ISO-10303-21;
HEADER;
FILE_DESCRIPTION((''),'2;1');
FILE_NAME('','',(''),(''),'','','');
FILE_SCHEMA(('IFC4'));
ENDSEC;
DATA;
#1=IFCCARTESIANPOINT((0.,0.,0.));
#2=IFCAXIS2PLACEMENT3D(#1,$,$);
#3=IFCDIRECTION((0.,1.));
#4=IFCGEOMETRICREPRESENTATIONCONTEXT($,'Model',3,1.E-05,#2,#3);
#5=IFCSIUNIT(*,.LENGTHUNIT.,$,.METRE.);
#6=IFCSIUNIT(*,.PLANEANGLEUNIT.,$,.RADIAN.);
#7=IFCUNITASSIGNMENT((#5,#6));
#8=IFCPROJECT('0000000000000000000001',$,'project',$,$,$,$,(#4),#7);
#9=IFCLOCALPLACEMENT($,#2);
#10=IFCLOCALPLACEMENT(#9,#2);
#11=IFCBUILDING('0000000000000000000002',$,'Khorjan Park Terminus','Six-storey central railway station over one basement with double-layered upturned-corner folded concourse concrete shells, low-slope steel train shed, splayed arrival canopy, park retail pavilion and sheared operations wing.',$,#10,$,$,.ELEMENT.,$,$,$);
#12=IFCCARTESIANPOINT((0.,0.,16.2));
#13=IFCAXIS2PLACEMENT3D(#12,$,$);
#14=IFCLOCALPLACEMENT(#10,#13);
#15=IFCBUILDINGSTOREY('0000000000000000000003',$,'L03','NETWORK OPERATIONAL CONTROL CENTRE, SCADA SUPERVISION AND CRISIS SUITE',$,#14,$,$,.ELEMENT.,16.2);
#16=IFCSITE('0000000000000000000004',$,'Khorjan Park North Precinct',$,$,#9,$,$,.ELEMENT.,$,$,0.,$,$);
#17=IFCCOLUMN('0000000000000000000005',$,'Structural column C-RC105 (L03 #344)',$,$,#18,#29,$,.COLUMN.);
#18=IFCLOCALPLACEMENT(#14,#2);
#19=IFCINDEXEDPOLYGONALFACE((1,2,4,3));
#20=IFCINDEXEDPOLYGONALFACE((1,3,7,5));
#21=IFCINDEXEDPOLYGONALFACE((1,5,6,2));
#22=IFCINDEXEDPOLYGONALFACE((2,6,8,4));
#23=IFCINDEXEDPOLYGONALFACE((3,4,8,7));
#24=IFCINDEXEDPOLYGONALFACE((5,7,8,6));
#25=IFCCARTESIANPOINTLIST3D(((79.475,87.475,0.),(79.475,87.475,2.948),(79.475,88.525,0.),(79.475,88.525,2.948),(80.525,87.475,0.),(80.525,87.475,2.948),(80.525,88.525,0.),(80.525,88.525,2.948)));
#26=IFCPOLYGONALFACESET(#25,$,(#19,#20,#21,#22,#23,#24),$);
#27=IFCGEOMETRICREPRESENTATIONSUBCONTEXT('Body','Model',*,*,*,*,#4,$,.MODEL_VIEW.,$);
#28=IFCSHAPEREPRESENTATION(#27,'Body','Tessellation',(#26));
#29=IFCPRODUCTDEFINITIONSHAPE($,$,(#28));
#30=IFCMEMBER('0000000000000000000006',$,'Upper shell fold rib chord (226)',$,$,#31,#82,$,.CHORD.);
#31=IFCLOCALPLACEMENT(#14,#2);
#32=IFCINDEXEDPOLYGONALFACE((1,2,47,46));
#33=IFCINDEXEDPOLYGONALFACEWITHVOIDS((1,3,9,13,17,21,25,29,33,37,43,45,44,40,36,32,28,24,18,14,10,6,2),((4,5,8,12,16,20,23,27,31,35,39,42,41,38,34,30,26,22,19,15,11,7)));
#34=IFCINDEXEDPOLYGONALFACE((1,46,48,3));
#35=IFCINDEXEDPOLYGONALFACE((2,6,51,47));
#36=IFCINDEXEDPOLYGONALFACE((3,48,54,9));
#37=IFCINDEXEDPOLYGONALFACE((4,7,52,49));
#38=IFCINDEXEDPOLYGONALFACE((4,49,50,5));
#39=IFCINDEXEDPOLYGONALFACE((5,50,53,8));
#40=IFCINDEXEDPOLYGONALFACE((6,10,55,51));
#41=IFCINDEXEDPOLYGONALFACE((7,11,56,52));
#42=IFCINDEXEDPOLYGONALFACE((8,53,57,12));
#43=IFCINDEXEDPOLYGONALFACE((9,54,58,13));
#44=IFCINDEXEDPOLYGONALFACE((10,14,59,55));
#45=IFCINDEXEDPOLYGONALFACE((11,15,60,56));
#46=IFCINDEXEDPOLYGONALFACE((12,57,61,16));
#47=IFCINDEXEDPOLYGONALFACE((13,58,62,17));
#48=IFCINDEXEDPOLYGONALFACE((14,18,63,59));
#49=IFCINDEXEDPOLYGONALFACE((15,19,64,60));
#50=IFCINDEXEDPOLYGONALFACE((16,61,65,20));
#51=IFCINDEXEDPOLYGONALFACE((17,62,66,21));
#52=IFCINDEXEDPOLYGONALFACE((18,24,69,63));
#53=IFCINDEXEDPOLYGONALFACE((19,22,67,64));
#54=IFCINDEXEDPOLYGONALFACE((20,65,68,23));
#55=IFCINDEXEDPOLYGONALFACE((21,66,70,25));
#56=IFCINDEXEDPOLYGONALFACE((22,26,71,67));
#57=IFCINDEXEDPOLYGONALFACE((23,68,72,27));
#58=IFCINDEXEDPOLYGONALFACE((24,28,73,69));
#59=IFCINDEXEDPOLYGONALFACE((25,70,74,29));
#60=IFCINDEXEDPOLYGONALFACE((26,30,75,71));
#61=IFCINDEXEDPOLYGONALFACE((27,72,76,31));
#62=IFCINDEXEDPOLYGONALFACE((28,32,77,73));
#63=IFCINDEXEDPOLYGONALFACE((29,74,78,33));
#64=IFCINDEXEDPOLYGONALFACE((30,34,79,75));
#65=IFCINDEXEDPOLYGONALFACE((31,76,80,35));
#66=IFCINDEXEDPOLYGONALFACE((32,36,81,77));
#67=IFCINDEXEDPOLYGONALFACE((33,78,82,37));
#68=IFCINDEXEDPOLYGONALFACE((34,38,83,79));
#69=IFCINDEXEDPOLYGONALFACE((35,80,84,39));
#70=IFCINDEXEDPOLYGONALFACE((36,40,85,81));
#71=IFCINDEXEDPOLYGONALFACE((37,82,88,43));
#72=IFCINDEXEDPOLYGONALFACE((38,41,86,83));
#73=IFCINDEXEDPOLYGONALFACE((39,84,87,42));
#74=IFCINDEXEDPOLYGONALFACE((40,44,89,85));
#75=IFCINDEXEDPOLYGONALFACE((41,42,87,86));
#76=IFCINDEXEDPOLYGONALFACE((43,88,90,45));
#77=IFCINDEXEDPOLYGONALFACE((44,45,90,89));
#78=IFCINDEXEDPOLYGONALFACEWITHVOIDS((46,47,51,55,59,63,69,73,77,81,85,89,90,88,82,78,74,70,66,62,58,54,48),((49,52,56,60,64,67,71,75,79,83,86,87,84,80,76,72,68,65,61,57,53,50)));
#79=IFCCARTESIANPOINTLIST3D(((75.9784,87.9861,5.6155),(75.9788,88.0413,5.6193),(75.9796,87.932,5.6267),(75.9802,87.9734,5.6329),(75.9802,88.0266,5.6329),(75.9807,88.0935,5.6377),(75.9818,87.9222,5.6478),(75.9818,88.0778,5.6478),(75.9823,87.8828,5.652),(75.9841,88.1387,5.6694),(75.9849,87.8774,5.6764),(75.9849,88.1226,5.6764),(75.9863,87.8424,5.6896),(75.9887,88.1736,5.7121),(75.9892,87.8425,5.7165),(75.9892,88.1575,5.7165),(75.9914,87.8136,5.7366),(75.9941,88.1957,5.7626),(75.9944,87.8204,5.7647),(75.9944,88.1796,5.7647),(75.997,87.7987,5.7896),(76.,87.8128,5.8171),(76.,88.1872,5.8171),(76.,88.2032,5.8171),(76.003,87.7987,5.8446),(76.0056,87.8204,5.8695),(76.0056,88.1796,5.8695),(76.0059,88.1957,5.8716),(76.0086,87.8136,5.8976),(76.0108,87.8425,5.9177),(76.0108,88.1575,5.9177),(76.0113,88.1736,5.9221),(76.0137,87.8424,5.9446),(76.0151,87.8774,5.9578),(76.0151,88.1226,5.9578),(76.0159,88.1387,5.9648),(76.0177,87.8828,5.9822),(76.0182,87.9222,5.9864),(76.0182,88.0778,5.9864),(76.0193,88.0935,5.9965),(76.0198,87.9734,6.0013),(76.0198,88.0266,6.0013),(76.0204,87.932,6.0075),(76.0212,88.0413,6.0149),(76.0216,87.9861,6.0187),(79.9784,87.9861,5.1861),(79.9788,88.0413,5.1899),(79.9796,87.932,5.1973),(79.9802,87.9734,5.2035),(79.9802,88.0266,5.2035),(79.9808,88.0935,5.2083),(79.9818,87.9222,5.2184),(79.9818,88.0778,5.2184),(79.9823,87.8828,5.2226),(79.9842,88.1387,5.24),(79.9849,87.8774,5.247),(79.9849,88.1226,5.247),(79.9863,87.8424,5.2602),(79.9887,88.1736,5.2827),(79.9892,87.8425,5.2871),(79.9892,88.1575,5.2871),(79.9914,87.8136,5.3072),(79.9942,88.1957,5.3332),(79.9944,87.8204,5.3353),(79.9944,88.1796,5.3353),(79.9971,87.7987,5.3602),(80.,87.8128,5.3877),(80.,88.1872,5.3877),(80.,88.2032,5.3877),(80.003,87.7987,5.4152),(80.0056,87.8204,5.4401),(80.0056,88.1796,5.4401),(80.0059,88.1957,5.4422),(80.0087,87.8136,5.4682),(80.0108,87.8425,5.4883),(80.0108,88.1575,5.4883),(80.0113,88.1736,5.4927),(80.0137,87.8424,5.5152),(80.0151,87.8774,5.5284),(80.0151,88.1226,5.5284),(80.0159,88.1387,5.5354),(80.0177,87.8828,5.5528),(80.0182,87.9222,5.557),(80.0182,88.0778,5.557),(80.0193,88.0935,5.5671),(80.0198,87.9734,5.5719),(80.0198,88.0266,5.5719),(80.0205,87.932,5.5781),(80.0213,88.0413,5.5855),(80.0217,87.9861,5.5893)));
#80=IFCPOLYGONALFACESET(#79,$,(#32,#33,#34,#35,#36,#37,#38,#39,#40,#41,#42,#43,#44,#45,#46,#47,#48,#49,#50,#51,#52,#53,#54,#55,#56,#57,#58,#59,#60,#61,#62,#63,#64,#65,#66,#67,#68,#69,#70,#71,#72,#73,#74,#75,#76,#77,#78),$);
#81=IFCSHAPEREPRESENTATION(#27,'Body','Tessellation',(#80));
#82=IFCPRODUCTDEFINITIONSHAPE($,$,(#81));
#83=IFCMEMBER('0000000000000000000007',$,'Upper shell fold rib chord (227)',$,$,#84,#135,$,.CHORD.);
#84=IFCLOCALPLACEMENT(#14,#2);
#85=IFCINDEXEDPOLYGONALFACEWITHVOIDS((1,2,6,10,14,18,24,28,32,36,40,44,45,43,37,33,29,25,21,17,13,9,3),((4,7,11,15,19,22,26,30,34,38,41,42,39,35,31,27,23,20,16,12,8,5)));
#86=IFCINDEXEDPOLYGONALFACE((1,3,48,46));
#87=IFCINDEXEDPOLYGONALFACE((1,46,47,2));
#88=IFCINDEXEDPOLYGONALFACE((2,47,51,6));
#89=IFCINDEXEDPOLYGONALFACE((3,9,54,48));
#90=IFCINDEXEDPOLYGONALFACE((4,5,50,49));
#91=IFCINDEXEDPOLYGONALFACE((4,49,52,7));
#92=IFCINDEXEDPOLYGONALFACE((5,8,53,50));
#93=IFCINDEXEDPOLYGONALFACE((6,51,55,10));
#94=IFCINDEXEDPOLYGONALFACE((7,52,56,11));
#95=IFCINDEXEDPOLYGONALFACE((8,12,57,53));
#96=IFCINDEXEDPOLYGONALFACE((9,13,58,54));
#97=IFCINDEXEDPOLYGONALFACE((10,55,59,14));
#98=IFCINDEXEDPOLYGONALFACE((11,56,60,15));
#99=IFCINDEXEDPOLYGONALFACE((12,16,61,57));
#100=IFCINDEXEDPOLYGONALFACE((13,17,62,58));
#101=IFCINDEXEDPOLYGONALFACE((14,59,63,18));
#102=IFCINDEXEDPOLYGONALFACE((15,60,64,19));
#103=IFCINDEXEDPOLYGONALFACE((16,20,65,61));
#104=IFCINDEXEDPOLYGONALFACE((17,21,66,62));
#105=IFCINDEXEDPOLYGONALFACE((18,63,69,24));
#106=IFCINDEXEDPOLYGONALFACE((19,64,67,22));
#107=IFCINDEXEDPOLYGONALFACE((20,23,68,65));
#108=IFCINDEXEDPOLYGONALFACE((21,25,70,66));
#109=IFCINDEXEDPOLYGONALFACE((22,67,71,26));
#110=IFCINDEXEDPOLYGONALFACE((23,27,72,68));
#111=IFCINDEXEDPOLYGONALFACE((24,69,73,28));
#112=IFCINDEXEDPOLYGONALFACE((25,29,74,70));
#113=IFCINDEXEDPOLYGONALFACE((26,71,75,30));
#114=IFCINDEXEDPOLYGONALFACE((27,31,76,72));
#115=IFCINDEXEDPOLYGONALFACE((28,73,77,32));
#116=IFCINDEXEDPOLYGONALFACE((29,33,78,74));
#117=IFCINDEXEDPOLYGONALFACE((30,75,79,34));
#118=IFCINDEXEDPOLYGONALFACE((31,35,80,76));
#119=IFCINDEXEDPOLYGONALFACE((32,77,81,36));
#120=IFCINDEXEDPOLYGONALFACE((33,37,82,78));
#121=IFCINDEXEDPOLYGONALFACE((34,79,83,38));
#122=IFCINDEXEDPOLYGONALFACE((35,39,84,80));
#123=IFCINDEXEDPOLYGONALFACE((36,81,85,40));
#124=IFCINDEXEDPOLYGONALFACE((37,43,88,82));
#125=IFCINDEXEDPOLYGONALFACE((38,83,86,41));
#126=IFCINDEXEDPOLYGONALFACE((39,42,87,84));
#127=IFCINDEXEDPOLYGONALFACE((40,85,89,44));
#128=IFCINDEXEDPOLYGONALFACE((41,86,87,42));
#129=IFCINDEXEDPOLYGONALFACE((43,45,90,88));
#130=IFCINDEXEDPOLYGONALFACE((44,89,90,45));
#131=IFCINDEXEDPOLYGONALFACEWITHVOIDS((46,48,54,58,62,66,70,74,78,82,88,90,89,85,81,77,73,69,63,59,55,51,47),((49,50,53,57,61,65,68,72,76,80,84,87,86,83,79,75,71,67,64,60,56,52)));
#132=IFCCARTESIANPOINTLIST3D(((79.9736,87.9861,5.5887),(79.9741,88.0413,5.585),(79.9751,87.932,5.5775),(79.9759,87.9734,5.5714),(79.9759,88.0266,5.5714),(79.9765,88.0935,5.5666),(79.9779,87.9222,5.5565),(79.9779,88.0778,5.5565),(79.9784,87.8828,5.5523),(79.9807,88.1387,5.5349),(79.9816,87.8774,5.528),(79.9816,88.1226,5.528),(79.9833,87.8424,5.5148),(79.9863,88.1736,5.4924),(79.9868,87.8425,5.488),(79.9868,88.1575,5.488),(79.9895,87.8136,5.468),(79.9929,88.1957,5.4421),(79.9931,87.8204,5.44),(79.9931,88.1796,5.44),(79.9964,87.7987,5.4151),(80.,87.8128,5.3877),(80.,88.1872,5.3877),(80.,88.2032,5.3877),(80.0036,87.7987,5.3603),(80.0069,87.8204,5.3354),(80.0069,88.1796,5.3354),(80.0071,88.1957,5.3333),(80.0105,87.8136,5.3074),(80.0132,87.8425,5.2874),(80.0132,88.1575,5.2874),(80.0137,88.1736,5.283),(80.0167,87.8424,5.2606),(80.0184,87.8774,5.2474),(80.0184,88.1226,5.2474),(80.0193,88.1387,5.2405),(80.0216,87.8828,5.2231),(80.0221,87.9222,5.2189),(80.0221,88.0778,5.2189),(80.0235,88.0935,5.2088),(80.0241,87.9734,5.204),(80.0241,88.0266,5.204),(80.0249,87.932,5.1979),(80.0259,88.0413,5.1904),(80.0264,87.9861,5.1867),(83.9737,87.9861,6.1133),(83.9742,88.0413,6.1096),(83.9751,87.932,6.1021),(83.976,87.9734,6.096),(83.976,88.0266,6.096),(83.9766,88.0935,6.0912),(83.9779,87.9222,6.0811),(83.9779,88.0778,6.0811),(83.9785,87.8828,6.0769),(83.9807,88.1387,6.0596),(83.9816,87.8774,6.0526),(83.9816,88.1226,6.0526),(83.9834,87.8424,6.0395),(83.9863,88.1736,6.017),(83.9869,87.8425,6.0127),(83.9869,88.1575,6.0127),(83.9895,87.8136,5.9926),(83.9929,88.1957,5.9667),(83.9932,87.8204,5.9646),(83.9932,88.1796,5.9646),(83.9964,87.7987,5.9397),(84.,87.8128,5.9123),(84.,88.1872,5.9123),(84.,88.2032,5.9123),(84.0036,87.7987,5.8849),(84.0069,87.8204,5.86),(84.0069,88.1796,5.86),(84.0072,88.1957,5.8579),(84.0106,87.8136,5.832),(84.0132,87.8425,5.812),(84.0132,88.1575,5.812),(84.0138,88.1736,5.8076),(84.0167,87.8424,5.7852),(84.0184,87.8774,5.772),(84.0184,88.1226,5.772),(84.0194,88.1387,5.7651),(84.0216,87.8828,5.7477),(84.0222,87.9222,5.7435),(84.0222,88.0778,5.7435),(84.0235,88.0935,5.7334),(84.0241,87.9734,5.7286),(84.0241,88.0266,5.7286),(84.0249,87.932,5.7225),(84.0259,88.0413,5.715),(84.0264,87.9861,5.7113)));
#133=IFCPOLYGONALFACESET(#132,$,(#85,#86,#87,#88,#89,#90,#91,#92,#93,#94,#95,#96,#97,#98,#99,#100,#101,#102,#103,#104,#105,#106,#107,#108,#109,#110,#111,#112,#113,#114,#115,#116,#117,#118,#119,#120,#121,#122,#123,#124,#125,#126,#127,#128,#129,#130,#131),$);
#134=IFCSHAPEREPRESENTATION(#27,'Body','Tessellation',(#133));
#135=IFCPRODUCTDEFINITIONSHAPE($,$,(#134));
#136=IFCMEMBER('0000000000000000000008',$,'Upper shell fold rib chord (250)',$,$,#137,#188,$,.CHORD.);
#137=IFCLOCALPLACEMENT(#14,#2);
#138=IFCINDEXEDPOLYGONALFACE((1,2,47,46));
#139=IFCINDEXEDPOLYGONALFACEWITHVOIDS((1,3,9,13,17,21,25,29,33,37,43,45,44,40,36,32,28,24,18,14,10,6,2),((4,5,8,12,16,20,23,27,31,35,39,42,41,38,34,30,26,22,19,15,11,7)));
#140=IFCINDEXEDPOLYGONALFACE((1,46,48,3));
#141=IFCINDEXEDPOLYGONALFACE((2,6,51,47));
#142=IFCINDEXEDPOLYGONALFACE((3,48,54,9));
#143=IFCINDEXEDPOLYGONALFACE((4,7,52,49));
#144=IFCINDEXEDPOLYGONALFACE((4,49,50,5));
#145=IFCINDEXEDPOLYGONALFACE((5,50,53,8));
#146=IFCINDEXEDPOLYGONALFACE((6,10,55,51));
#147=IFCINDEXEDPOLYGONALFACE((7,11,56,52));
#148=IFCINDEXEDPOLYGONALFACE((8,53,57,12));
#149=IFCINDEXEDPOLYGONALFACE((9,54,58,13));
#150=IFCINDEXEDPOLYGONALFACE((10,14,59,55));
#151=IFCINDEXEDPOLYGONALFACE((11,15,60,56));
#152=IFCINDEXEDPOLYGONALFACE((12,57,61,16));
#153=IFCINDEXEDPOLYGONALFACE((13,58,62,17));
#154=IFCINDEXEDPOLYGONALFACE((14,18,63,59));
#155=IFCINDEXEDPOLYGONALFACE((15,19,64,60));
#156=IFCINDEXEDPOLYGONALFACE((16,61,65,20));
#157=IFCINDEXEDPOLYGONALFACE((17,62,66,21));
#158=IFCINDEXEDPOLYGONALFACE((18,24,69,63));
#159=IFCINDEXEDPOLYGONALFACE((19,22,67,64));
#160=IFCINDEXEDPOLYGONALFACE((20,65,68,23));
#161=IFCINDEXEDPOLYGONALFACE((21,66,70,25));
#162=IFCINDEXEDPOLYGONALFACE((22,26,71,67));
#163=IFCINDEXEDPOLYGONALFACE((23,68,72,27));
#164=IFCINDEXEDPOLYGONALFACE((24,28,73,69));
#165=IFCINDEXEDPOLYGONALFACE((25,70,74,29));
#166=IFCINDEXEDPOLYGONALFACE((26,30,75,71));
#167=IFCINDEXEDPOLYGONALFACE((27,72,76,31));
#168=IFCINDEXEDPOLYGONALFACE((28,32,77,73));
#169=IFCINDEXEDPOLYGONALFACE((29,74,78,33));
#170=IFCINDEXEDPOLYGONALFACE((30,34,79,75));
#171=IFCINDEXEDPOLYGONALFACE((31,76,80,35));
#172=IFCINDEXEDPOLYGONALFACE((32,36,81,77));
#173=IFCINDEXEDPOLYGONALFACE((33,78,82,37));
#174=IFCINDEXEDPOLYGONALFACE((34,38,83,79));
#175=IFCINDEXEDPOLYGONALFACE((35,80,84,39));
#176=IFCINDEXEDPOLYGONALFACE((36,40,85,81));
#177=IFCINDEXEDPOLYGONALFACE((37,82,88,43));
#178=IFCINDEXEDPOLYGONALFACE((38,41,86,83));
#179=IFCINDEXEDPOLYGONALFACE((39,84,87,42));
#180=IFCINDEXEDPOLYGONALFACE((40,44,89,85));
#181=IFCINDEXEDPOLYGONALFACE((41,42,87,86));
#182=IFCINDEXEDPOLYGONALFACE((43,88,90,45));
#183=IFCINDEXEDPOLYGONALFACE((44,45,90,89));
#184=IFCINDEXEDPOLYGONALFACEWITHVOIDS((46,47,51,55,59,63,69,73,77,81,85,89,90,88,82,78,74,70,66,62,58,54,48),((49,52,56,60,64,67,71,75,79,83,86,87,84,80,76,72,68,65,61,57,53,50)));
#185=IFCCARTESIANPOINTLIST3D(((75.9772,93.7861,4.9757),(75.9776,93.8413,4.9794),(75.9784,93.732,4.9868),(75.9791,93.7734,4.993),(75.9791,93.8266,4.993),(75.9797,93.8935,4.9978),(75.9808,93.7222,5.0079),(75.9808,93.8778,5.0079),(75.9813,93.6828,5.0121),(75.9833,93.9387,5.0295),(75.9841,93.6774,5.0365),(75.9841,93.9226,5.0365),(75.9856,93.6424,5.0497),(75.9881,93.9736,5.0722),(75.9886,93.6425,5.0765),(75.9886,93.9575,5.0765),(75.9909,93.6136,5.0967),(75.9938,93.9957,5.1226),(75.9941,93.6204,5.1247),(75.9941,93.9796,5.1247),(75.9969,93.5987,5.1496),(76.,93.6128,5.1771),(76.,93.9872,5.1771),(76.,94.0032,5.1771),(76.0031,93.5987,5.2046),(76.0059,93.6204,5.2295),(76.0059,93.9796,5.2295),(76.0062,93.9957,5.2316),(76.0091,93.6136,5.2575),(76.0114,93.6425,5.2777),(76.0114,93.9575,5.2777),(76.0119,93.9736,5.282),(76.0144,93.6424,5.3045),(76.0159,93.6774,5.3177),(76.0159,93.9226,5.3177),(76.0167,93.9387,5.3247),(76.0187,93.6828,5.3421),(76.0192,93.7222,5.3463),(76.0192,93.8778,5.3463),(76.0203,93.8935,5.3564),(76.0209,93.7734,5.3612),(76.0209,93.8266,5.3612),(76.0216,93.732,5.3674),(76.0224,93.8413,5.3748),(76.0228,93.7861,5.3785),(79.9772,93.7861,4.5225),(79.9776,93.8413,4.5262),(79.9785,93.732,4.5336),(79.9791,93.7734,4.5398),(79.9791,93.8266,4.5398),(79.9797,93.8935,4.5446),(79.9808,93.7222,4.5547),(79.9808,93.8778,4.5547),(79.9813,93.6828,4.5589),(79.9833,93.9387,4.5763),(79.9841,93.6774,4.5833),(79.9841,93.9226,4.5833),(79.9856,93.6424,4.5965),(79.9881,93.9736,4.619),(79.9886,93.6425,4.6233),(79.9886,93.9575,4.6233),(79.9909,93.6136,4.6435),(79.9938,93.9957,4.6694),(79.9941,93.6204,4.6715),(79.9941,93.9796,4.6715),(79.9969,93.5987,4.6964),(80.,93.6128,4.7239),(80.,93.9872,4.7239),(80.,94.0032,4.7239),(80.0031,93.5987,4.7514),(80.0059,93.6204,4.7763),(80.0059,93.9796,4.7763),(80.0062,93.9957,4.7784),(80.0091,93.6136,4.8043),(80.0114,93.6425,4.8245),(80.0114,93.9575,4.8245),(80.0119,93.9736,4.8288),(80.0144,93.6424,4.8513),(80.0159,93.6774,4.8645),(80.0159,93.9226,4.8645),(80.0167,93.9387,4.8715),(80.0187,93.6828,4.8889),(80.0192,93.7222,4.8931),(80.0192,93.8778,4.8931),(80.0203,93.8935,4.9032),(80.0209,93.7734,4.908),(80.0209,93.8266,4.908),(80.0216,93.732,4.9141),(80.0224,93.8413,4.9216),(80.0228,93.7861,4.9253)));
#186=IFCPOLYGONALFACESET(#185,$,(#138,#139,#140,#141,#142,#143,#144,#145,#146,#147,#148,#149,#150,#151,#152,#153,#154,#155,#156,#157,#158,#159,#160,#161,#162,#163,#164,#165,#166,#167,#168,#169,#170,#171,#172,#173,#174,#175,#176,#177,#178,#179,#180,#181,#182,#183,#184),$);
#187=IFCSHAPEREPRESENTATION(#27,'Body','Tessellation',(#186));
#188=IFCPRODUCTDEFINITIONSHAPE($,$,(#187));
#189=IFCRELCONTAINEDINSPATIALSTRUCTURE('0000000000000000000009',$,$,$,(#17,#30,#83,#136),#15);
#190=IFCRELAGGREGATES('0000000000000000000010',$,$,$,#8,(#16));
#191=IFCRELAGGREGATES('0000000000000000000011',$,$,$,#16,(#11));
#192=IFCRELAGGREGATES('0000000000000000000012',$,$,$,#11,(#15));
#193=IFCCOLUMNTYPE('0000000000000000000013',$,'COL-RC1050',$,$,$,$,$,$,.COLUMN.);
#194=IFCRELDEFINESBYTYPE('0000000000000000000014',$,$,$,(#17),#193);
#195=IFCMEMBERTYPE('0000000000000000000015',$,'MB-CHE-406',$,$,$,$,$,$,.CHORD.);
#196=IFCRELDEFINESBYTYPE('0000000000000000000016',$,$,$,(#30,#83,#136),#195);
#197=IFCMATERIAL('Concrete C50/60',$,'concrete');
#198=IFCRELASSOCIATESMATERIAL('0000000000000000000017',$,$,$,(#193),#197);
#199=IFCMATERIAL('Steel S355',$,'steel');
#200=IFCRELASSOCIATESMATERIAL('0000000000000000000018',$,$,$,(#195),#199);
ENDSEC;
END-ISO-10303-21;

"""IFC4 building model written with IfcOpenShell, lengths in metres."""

from ifc_helpers import new_model, si_unit, direction, frame, origin, origin_2d, place, context, subcontext, project, spatial, rectangle, hollow_circle, extrude, material, material_profile, profile_set, type_object, element, save


model = new_model("IFC4")

# Units and contexts
model_context = context("Model", 3, precision=1e-05, world=origin(), true_north=direction((0.0, 1.0)))
body_context = subcontext(model_context, "Body", "Model", "MODEL_VIEW")
ifc_project = project(units=[si_unit("LENGTHUNIT", "METRE"), si_unit("PLANEANGLEUNIT", "RADIAN")], contexts=[model_context])

# Site, building, storey
site_placement = place(None, origin())
site = spatial("IfcSite", under=ifc_project, at=site_placement, Name="Khorjan Park North Precinct", CompositionType="ELEMENT", RefElevation=0.0)
building_placement = place(site_placement, origin())
building = spatial("IfcBuilding", under=site, at=building_placement, Name="Khorjan Park Terminus", Description="Six-storey central railway station over one basement with double-layered upturned-corner folded concourse concrete shells, low-slope steel train shed, splayed arrival canopy, park retail pavilion and sheared operations wing.", CompositionType="ELEMENT")
storey_placement = place(building_placement, frame((0.0, 0.0, 16.2)))
storey = spatial("IfcBuildingStorey", under=building, at=storey_placement, Name="L03", Description="NETWORK OPERATIONAL CONTROL CENTRE, SCADA SUPERVISION AND CRISIS SUITE", CompositionType="ELEMENT", Elevation=16.2)

# Column
ifc_material_1 = material(Name="Concrete C50/60", Category="concrete")
ifc_material_profile_1 = material_profile(ifc_material_1, rectangle(XDim=1.05, YDim=1.05, at=origin_2d()), Name="RC 1050x1050")
ifc_profile_set_1 = profile_set([ifc_material_profile_1], Name="Concrete C50/60")
column_type = type_object("IfcColumnType", Name="COL-RC1050", PredefinedType="COLUMN", material=ifc_profile_set_1)
column_placement = place(storey_placement, frame((80.0, 88.0, 0.0), z_axis=(0.0, 0.0, 1.0), x_axis=(1.0, 0.0, 0.0)))
element("IfcColumn", 1, at=column_placement, inside=storey, type_object=column_type, Name="Structural column C-RC105 (L03 #344)", PredefinedType="COLUMN", context=body_context, shape_type="SweptSolid", body=[
    extrude(rectangle(XDim=1.05, YDim=1.05, at=origin_2d()), origin(), (0.0, 0.0, 1.0), 2.948),
])

# Members
ifc_material_2 = material(Name="Steel S355", Category="steel")
ifc_material_profile_2 = material_profile(ifc_material_2, hollow_circle(Radius=0.2032, WallThickness=0.016, at=origin_2d()), Name="CHS 406.4x16")
ifc_profile_set_2 = profile_set([ifc_material_profile_2], Name="Steel S355")
member_type_1 = type_object("IfcMemberType", Name="MB-CHE-406", PredefinedType="CHORD", material=ifc_profile_set_2)
member_1_placement = place(storey_placement, frame((76.0, 88.0, 5.8171), z_axis=(0.994287, 0.0, -0.106737), x_axis=(0.0, 1.0, 0.0)))
element("IfcMember", 2, at=member_1_placement, inside=storey, type_object=member_type_1, Name="Upper shell fold rib chord (226)", PredefinedType="CHORD", context=body_context, shape_type="SweptSolid", body=[
    extrude(hollow_circle(Radius=0.2032, WallThickness=0.016, at=origin_2d()), origin(), (0.0, 0.0, 1.0), 4.023),
])
member_2_placement = place(storey_placement, frame((80.0, 88.0, 5.3877), z_axis=(0.991509, 0.0, 0.130036), x_axis=(0.0, 1.0, 0.0)))
element("IfcMember", 3, at=member_2_placement, inside=storey, type_object=member_type_1, Name="Upper shell fold rib chord (227)", PredefinedType="CHORD", context=body_context, shape_type="SweptSolid", body=[
    extrude(hollow_circle(Radius=0.2032, WallThickness=0.016, at=origin_2d()), origin(), (0.0, 0.0, 1.0), 4.0343),
])
member_3_placement = place(storey_placement, frame((76.0, 93.8, 5.1771), z_axis=(0.993643, 0.0, -0.11258), x_axis=(0.0, 1.0, 0.0)))
element("IfcMember", 4, at=member_3_placement, inside=storey, type_object=member_type_1, Name="Upper shell fold rib chord (250)", PredefinedType="CHORD", context=body_context, shape_type="SweptSolid", body=[
    extrude(hollow_circle(Radius=0.2032, WallThickness=0.016, at=origin_2d()), origin(), (0.0, 0.0, 1.0), 4.0256),
])

save(model, "model.ifc")
